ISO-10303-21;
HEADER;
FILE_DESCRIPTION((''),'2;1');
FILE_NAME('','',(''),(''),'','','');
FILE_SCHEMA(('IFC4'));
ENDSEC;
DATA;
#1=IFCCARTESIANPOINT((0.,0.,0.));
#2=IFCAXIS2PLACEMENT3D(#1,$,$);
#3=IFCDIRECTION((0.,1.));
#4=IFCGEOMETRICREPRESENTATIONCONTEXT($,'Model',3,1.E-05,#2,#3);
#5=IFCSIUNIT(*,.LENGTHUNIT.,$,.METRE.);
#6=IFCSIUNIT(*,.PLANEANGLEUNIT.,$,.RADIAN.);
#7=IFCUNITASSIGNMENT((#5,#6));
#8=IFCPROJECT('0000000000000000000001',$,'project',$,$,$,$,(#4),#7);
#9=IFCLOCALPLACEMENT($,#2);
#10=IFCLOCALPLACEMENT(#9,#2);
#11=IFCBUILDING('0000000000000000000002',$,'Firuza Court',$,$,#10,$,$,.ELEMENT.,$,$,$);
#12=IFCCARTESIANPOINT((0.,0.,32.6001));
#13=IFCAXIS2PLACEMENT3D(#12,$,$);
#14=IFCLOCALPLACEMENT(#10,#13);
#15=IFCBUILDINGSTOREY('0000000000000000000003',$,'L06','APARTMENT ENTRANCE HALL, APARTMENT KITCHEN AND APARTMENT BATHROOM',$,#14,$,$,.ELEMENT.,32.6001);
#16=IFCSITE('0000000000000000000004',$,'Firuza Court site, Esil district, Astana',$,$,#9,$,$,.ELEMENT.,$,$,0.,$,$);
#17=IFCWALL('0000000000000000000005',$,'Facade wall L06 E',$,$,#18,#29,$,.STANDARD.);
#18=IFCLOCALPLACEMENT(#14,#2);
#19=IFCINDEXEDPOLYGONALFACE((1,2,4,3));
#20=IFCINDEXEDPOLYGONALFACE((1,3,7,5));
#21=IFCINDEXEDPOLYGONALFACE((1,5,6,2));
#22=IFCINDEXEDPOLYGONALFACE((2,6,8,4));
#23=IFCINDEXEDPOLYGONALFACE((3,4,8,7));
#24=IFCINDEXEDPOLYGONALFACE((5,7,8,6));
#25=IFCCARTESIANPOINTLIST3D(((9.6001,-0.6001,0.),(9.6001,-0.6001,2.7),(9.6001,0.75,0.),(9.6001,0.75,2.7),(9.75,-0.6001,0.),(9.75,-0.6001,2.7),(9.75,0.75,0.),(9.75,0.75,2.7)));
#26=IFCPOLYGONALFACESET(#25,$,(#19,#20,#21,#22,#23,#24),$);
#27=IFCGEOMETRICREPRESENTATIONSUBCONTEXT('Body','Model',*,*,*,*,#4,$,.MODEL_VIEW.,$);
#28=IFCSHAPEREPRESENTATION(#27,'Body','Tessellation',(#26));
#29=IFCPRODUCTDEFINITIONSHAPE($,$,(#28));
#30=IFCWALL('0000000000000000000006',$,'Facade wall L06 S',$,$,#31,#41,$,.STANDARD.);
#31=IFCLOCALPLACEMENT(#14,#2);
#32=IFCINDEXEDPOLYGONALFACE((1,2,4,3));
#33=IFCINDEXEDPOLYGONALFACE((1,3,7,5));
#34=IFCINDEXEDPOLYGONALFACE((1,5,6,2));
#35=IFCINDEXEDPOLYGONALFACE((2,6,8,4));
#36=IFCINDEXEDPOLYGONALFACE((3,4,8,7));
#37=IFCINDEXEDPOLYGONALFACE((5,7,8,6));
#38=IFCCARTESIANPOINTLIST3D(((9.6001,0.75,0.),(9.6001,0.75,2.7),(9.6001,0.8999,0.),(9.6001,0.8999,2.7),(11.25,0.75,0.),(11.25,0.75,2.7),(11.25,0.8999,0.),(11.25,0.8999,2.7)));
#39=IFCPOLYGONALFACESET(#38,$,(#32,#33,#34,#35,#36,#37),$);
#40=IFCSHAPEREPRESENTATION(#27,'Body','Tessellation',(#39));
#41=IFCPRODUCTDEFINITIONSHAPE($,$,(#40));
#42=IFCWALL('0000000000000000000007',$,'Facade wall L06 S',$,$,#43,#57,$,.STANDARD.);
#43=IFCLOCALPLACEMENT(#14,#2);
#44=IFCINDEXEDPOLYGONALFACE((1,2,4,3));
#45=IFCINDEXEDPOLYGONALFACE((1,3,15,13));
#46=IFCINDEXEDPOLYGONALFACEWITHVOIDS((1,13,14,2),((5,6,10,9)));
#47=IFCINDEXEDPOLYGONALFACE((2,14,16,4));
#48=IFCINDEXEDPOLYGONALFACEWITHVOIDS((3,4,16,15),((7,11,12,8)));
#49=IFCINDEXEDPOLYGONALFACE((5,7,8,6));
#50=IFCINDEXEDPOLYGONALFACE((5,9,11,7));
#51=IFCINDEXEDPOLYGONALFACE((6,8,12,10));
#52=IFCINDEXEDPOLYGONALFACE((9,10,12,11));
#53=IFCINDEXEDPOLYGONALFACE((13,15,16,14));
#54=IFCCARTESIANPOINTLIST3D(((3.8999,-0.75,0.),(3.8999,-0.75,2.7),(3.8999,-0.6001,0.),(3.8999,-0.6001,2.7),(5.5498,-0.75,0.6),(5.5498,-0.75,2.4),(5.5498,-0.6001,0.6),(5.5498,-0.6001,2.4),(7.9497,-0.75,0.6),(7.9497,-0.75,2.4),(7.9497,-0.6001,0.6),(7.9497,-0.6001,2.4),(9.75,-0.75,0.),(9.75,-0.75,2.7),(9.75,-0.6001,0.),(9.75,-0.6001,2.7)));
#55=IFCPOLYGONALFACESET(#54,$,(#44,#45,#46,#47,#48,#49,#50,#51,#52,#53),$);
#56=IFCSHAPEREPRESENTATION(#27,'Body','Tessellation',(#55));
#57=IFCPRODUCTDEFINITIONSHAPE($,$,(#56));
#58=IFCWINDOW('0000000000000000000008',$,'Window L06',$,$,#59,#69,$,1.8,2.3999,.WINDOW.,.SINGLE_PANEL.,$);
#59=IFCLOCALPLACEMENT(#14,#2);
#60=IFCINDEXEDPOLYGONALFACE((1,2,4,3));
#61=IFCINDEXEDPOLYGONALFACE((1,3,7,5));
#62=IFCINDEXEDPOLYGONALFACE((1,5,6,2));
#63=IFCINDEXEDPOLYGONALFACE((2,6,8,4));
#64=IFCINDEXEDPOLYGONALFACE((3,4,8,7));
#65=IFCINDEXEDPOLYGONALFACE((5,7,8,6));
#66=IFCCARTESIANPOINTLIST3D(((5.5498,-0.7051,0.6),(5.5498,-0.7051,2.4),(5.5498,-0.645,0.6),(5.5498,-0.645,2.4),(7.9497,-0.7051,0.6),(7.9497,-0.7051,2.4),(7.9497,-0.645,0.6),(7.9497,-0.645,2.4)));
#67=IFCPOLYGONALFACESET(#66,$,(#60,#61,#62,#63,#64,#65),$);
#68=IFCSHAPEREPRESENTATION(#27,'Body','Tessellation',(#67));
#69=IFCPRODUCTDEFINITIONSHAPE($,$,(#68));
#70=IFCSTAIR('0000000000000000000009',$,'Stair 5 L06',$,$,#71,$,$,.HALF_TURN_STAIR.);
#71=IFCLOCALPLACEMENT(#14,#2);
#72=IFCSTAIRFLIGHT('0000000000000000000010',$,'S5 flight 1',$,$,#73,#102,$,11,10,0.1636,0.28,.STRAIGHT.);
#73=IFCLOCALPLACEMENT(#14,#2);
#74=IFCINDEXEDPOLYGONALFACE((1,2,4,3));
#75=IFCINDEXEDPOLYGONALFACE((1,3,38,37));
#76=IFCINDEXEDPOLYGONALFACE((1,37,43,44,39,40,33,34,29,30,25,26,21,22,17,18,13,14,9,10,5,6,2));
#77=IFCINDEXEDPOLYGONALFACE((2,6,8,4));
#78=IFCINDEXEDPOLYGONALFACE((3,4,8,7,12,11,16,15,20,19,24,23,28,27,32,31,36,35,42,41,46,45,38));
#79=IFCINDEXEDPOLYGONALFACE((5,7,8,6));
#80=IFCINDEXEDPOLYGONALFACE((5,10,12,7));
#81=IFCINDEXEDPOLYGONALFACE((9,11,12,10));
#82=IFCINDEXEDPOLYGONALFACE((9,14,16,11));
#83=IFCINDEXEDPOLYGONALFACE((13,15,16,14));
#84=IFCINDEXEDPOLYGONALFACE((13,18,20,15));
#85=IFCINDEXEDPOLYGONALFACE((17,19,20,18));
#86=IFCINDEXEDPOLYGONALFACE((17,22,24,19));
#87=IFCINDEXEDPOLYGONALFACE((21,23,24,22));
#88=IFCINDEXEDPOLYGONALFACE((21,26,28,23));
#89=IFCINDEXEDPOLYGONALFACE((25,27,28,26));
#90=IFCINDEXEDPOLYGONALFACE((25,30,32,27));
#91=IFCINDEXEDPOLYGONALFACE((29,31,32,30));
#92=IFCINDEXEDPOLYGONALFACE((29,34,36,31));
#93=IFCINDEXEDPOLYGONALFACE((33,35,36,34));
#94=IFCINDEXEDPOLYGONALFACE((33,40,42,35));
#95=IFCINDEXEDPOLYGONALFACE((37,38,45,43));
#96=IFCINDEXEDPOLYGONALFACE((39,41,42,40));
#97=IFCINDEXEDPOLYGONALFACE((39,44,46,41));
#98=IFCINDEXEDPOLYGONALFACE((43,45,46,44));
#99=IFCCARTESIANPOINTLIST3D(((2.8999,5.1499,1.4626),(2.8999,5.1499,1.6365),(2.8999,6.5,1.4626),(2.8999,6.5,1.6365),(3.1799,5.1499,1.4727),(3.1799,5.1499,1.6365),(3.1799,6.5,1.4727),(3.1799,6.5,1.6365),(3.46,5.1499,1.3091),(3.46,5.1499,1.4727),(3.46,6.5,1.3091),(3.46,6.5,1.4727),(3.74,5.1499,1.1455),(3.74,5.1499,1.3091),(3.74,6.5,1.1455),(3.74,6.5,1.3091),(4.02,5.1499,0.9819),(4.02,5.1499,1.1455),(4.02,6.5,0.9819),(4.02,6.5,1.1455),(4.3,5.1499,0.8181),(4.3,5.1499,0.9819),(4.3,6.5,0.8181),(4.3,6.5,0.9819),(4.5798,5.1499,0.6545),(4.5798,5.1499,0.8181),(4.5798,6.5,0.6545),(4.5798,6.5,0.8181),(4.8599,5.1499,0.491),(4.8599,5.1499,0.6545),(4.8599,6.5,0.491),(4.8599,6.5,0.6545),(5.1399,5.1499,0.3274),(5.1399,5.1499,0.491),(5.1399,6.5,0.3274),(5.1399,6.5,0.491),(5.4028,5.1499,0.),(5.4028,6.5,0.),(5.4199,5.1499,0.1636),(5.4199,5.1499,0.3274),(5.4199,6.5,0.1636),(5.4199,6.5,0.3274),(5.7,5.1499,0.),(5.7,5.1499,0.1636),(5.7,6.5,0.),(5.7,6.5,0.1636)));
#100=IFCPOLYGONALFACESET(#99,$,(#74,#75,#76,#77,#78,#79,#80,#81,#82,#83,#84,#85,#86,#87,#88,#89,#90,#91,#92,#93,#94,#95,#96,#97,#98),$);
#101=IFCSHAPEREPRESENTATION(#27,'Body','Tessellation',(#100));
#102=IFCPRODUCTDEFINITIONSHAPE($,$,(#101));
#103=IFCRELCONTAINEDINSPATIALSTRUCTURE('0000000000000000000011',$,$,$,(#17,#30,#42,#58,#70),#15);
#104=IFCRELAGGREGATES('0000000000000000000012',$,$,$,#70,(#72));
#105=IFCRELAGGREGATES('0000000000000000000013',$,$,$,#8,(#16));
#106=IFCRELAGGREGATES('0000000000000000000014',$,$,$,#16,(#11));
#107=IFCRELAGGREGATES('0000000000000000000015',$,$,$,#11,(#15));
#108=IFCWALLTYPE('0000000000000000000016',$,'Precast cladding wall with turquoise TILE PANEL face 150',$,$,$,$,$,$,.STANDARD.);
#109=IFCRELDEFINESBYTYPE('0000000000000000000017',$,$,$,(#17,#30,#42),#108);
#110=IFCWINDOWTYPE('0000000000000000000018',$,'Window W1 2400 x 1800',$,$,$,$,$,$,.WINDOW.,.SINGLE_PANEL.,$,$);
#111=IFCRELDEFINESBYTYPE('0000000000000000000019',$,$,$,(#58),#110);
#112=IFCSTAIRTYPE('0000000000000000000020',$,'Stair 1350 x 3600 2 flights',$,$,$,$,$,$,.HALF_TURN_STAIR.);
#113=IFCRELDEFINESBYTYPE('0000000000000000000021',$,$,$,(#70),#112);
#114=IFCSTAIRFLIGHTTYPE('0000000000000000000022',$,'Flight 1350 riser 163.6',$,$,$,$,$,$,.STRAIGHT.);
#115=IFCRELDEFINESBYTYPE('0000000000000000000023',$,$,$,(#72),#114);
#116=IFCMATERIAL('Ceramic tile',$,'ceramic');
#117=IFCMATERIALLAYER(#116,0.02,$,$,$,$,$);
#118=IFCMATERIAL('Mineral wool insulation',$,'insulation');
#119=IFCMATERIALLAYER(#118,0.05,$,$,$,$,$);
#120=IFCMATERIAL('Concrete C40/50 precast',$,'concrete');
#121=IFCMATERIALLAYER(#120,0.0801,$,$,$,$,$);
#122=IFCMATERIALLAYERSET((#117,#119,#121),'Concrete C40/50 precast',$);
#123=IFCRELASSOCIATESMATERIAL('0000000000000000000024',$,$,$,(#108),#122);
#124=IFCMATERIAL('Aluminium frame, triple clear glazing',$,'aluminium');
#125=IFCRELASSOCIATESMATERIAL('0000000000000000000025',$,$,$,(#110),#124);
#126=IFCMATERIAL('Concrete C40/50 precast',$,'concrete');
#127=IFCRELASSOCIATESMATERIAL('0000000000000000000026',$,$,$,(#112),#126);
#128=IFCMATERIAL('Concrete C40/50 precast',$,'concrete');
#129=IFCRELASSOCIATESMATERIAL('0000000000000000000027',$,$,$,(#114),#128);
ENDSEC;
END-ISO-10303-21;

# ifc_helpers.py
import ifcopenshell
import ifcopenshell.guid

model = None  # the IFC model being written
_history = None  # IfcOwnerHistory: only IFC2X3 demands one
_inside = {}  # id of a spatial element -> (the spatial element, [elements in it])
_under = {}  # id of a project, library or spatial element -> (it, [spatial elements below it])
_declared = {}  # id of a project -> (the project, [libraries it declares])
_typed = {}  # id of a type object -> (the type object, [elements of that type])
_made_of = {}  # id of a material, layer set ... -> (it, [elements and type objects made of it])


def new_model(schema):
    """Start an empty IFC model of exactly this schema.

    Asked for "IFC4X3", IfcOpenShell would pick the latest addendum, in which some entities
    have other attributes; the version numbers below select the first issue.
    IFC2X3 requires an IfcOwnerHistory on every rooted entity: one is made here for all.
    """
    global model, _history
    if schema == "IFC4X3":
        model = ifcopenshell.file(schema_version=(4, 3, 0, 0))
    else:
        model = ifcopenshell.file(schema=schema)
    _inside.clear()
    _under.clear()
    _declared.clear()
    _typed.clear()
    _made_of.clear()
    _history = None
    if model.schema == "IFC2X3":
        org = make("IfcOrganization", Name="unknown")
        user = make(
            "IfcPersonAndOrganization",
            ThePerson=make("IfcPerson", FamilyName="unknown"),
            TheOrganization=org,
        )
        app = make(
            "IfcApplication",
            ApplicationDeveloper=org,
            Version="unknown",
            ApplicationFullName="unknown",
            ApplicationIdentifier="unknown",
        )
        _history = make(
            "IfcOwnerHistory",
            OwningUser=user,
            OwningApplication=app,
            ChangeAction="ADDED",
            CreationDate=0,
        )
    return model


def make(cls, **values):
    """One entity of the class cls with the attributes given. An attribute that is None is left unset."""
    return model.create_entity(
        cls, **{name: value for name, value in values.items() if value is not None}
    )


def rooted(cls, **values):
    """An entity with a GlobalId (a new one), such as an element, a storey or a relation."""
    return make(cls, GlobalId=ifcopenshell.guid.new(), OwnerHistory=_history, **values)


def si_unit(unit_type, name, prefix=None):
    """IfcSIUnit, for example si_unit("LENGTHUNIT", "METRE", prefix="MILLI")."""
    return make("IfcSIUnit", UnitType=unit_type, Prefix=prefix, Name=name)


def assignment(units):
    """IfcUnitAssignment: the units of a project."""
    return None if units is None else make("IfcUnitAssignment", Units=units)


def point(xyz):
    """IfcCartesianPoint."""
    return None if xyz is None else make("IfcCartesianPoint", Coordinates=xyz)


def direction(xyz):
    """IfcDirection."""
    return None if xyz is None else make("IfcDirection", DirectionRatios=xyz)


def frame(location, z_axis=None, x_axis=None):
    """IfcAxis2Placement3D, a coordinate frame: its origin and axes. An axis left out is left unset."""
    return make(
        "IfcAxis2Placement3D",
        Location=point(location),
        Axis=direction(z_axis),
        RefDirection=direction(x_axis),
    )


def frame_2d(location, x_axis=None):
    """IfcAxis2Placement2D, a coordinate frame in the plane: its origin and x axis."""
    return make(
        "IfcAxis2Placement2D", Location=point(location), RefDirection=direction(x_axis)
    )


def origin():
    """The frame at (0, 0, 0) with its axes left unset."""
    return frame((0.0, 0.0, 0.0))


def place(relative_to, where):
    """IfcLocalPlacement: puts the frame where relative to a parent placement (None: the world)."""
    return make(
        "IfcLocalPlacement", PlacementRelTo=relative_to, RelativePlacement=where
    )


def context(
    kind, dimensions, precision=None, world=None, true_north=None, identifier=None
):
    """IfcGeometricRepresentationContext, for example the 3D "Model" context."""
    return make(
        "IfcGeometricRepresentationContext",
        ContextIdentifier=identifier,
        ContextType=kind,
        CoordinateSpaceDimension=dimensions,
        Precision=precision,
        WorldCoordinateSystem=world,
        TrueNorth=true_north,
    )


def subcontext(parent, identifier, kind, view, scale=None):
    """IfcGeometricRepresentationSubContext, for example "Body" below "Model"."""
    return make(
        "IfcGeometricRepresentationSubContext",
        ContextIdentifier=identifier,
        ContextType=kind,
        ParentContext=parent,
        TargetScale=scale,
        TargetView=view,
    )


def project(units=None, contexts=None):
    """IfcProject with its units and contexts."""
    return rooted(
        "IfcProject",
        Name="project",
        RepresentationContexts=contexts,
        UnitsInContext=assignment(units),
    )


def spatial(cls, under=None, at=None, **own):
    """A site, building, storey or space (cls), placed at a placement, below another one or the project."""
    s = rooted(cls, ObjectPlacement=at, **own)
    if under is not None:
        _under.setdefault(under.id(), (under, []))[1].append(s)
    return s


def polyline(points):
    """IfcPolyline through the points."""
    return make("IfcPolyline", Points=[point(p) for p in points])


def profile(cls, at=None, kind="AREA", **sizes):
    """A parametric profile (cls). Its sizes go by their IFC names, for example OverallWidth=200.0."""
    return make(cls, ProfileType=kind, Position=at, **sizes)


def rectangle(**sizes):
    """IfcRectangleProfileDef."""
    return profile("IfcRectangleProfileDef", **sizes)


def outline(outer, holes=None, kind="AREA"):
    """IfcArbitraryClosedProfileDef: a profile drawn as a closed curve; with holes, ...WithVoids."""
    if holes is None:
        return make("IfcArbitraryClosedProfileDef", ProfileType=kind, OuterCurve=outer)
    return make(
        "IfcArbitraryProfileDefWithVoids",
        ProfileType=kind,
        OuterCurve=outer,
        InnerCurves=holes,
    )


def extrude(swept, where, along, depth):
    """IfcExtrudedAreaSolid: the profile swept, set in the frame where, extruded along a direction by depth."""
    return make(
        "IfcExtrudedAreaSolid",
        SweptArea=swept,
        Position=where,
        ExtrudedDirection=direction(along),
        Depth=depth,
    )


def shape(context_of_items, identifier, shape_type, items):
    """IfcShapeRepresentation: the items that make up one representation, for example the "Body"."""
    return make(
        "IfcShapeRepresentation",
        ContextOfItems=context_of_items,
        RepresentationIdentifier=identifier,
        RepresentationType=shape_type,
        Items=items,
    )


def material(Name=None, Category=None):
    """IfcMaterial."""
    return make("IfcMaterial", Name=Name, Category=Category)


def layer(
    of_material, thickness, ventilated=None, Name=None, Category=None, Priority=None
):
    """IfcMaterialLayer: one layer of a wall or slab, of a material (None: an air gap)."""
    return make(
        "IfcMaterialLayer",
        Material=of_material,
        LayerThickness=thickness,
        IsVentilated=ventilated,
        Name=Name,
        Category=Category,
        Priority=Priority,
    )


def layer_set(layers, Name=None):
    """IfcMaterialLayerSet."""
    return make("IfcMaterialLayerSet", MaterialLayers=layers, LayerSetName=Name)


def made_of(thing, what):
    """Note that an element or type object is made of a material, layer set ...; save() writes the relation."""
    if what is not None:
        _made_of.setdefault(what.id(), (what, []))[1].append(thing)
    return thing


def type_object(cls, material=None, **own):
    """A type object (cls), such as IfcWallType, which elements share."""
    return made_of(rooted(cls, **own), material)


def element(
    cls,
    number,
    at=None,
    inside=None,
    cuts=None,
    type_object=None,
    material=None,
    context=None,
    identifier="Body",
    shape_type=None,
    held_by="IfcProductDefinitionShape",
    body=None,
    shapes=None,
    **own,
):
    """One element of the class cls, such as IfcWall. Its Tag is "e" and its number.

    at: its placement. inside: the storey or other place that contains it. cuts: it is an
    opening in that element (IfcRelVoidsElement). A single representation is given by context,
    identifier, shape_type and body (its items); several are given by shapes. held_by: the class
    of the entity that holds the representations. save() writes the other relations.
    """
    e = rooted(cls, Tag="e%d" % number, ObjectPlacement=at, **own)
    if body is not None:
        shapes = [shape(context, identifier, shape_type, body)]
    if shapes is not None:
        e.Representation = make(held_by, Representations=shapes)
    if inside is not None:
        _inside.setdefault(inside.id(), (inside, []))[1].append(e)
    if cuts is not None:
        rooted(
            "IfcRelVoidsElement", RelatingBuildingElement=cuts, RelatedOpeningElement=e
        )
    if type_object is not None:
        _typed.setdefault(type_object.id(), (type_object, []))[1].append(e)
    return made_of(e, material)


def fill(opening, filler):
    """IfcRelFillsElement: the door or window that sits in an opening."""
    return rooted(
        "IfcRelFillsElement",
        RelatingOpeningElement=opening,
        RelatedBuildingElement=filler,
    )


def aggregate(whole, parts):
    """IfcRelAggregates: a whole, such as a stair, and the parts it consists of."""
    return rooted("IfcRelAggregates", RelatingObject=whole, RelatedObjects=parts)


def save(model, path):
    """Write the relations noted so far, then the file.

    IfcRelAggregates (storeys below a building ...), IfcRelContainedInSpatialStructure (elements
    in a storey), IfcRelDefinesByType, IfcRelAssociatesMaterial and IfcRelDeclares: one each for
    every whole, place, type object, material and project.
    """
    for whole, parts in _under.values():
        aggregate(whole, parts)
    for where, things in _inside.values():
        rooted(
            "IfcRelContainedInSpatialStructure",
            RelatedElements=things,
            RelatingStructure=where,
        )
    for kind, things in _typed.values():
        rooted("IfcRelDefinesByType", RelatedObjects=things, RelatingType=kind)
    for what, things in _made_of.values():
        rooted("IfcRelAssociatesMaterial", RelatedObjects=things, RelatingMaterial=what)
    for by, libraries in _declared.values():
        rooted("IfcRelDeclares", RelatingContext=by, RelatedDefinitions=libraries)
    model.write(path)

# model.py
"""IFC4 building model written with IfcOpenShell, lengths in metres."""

from ifc_helpers import new_model, si_unit, direction, frame, frame_2d, origin, place, context, subcontext, project, spatial, polyline, rectangle, outline, extrude, material, layer, layer_set, type_object, element, fill, aggregate, save


model = new_model("IFC4")

# Units and contexts
model_context = context("Model", 3, precision=1e-05, world=origin(), true_north=direction((0.0, 1.0)))
body_context = subcontext(model_context, "Body", "Model", "MODEL_VIEW")
ifc_project = project(units=[si_unit("LENGTHUNIT", "METRE"), si_unit("PLANEANGLEUNIT", "RADIAN")], contexts=[model_context])

# Site, building, storey
site_placement = place(None, origin())
site = spatial("IfcSite", under=ifc_project, at=site_placement, Name="Firuza Court site, Esil district, Astana", CompositionType="ELEMENT", RefElevation=0.0)
building_placement = place(site_placement, origin())
building = spatial("IfcBuilding", under=site, at=building_placement, Name="Firuza Court", CompositionType="ELEMENT")
storey_placement = place(building_placement, frame((0.0, 0.0, 32.6001)))
storey = spatial("IfcBuildingStorey", under=building, at=storey_placement, Name="L06", Description="APARTMENT ENTRANCE HALL, APARTMENT KITCHEN AND APARTMENT BATHROOM", CompositionType="ELEMENT", Elevation=32.6001)

# Walls
ifc_material_1 = material(Name="Ceramic tile", Category="ceramic")
ifc_layer_1 = layer(ifc_material_1, 0.02)
ifc_material_2 = material(Name="Mineral wool insulation", Category="insulation")
ifc_layer_2 = layer(ifc_material_2, 0.05)
ifc_material_3 = material(Name="Concrete C40/50 precast", Category="concrete")
ifc_layer_3 = layer(ifc_material_3, 0.0801)
ifc_layer_set_1 = layer_set([ifc_layer_1, ifc_layer_2, ifc_layer_3], Name="Concrete C40/50 precast")
wall_type_1 = type_object("IfcWallType", Name="Precast cladding wall with turquoise TILE PANEL face 150", PredefinedType="STANDARD", material=ifc_layer_set_1)
wall_1_placement = place(storey_placement, frame((9.675, -0.6001, 0.0), z_axis=(0.0, 0.0, 1.0), x_axis=(0.0, 1.0, 0.0)))
element("IfcWall", 1, at=wall_1_placement, inside=storey, type_object=wall_type_1, Name="Facade wall L06 E", PredefinedType="STANDARD", context=body_context, shape_type="SweptSolid", body=[
    extrude(rectangle(XDim=1.3501, YDim=0.1499, at=frame_2d((0.675, 0.0))), origin(), (0.0, 0.0, 1.0), 2.7),
])
wall_2_placement = place(storey_placement, frame((9.6001, 0.825, 0.0), z_axis=(0.0, 0.0, 1.0), x_axis=(1.0, 0.0, 0.0)))
element("IfcWall", 2, at=wall_2_placement, inside=storey, type_object=wall_type_1, Name="Facade wall L06 S", PredefinedType="STANDARD", context=body_context, shape_type="SweptSolid", body=[
    extrude(rectangle(XDim=1.6499, YDim=0.1499, at=frame_2d((0.825, 0.0))), origin(), (0.0, 0.0, 1.0), 2.7),
])

# Wall, opening, window
wall_3_placement = place(storey_placement, frame((3.8999, -0.675, 0.0), z_axis=(0.0, 0.0, 1.0), x_axis=(1.0, 0.0, 0.0)))
wall_3 = element("IfcWall", 3, at=wall_3_placement, inside=storey, type_object=wall_type_1, Name="Facade wall L06 S", PredefinedType="STANDARD", context=body_context, shape_type="SweptSolid", body=[
    extrude(rectangle(XDim=5.8501, YDim=0.1499, at=frame_2d((2.925, 0.0))), origin(), (0.0, 0.0, 1.0), 2.7),
])
opening_1_placement = place(wall_3_placement, frame((1.6499, 0.0, 0.6001)))
opening_1 = element("IfcOpeningElement", 4, at=opening_1_placement, cuts=wall_3, PredefinedType="OPENING", context=body_context, shape_type="SweptSolid", body=[
    extrude(rectangle(XDim=2.3999, YDim=1.8, at=frame_2d((1.2, 0.8999))), frame((0.0, 0.0869, 0.0), z_axis=(0.0, -1.0, 0.0), x_axis=(1.0, 0.0, 0.0)), (0.0, 0.0, 1.0), 0.1738),
])
ifc_material_4 = material(Name="Aluminium frame, triple clear glazing", Category="aluminium")
window_type = type_object("IfcWindowType", Name="Window W1 2400 x 1800", PartitioningType="SINGLE_PANEL", PredefinedType="WINDOW", material=ifc_material_4)
window_placement = place(opening_1_placement, origin())
window = element("IfcWindow", 5, at=window_placement, inside=storey, type_object=window_type, Name="Window L06", OverallHeight=1.8, OverallWidth=2.3999, PartitioningType="SINGLE_PANEL", PredefinedType="WINDOW", context=body_context, shape_type="SweptSolid", body=[
    extrude(rectangle(XDim=2.3999, YDim=1.8, at=frame_2d((1.2, 0.8999))), frame((0.0, 0.03, 0.0), z_axis=(0.0, -1.0, 0.0), x_axis=(1.0, 0.0, 0.0)), (0.0, 0.0, 1.0), 0.0601),
])
fill(opening_1, window)

# Stair, stair flight
ifc_material_5 = material(Name="Concrete C40/50 precast", Category="concrete")
stair_type = type_object("IfcStairType", Name="Stair 1350 x 3600 2 flights", PredefinedType="HALF_TURN_STAIR", material=ifc_material_5)
stair_placement = place(storey_placement, origin())
stair = element("IfcStair", 6, at=stair_placement, inside=storey, type_object=stair_type, Name="Stair 5 L06", PredefinedType="HALF_TURN_STAIR")
ifc_material_6 = material(Name="Concrete C40/50 precast", Category="concrete")
stair_flight_type = type_object("IfcStairFlightType", Name="Flight 1350 riser 163.6", PredefinedType="STRAIGHT", material=ifc_material_6)
stair_flight_placement = place(storey_placement, frame((5.7, 5.825, 0.0), z_axis=(0.0, 0.0, 1.0), x_axis=(-1.0, 0.0, 0.0)))
stair_flight = element("IfcStairFlight", 7, at=stair_flight_placement, type_object=stair_flight_type, Name="S5 flight 1", NumberOfRisers=11, NumberOfTreads=10, PredefinedType="STRAIGHT", RiserHeight=0.1636, TreadLength=0.28, context=body_context, shape_type="SweptSolid", body=[
    extrude(outline(polyline([(0.0, 0.0), (0.0, 0.1636), (0.28, 0.1636), (0.28, 0.3274), (0.5601, 0.3274), (0.5601, 0.491), (0.8401, 0.491), (0.8401, 0.6545), (1.1201, 0.6545), (1.1201, 0.8181), (1.3999, 0.8181), (1.3999, 0.9819), (1.6799, 0.9819), (1.6799, 1.1455), (1.96, 1.1455), (1.96, 1.3091), (2.24, 1.3091), (2.24, 1.4727), (2.52, 1.4727), (2.52, 1.6365), (2.8, 1.6365), (2.8, 1.8), (2.8, 1.4626), (0.2971, 0.0), (0.0, 0.0)])), frame((0.0, 0.675, 0.0), z_axis=(0.0, -1.0, 0.0), x_axis=(1.0, 0.0, 0.0)), (0.0, 0.0, 1.0), 1.3501),
])
aggregate(stair, [stair_flight])

save(model, "model.ifc")
